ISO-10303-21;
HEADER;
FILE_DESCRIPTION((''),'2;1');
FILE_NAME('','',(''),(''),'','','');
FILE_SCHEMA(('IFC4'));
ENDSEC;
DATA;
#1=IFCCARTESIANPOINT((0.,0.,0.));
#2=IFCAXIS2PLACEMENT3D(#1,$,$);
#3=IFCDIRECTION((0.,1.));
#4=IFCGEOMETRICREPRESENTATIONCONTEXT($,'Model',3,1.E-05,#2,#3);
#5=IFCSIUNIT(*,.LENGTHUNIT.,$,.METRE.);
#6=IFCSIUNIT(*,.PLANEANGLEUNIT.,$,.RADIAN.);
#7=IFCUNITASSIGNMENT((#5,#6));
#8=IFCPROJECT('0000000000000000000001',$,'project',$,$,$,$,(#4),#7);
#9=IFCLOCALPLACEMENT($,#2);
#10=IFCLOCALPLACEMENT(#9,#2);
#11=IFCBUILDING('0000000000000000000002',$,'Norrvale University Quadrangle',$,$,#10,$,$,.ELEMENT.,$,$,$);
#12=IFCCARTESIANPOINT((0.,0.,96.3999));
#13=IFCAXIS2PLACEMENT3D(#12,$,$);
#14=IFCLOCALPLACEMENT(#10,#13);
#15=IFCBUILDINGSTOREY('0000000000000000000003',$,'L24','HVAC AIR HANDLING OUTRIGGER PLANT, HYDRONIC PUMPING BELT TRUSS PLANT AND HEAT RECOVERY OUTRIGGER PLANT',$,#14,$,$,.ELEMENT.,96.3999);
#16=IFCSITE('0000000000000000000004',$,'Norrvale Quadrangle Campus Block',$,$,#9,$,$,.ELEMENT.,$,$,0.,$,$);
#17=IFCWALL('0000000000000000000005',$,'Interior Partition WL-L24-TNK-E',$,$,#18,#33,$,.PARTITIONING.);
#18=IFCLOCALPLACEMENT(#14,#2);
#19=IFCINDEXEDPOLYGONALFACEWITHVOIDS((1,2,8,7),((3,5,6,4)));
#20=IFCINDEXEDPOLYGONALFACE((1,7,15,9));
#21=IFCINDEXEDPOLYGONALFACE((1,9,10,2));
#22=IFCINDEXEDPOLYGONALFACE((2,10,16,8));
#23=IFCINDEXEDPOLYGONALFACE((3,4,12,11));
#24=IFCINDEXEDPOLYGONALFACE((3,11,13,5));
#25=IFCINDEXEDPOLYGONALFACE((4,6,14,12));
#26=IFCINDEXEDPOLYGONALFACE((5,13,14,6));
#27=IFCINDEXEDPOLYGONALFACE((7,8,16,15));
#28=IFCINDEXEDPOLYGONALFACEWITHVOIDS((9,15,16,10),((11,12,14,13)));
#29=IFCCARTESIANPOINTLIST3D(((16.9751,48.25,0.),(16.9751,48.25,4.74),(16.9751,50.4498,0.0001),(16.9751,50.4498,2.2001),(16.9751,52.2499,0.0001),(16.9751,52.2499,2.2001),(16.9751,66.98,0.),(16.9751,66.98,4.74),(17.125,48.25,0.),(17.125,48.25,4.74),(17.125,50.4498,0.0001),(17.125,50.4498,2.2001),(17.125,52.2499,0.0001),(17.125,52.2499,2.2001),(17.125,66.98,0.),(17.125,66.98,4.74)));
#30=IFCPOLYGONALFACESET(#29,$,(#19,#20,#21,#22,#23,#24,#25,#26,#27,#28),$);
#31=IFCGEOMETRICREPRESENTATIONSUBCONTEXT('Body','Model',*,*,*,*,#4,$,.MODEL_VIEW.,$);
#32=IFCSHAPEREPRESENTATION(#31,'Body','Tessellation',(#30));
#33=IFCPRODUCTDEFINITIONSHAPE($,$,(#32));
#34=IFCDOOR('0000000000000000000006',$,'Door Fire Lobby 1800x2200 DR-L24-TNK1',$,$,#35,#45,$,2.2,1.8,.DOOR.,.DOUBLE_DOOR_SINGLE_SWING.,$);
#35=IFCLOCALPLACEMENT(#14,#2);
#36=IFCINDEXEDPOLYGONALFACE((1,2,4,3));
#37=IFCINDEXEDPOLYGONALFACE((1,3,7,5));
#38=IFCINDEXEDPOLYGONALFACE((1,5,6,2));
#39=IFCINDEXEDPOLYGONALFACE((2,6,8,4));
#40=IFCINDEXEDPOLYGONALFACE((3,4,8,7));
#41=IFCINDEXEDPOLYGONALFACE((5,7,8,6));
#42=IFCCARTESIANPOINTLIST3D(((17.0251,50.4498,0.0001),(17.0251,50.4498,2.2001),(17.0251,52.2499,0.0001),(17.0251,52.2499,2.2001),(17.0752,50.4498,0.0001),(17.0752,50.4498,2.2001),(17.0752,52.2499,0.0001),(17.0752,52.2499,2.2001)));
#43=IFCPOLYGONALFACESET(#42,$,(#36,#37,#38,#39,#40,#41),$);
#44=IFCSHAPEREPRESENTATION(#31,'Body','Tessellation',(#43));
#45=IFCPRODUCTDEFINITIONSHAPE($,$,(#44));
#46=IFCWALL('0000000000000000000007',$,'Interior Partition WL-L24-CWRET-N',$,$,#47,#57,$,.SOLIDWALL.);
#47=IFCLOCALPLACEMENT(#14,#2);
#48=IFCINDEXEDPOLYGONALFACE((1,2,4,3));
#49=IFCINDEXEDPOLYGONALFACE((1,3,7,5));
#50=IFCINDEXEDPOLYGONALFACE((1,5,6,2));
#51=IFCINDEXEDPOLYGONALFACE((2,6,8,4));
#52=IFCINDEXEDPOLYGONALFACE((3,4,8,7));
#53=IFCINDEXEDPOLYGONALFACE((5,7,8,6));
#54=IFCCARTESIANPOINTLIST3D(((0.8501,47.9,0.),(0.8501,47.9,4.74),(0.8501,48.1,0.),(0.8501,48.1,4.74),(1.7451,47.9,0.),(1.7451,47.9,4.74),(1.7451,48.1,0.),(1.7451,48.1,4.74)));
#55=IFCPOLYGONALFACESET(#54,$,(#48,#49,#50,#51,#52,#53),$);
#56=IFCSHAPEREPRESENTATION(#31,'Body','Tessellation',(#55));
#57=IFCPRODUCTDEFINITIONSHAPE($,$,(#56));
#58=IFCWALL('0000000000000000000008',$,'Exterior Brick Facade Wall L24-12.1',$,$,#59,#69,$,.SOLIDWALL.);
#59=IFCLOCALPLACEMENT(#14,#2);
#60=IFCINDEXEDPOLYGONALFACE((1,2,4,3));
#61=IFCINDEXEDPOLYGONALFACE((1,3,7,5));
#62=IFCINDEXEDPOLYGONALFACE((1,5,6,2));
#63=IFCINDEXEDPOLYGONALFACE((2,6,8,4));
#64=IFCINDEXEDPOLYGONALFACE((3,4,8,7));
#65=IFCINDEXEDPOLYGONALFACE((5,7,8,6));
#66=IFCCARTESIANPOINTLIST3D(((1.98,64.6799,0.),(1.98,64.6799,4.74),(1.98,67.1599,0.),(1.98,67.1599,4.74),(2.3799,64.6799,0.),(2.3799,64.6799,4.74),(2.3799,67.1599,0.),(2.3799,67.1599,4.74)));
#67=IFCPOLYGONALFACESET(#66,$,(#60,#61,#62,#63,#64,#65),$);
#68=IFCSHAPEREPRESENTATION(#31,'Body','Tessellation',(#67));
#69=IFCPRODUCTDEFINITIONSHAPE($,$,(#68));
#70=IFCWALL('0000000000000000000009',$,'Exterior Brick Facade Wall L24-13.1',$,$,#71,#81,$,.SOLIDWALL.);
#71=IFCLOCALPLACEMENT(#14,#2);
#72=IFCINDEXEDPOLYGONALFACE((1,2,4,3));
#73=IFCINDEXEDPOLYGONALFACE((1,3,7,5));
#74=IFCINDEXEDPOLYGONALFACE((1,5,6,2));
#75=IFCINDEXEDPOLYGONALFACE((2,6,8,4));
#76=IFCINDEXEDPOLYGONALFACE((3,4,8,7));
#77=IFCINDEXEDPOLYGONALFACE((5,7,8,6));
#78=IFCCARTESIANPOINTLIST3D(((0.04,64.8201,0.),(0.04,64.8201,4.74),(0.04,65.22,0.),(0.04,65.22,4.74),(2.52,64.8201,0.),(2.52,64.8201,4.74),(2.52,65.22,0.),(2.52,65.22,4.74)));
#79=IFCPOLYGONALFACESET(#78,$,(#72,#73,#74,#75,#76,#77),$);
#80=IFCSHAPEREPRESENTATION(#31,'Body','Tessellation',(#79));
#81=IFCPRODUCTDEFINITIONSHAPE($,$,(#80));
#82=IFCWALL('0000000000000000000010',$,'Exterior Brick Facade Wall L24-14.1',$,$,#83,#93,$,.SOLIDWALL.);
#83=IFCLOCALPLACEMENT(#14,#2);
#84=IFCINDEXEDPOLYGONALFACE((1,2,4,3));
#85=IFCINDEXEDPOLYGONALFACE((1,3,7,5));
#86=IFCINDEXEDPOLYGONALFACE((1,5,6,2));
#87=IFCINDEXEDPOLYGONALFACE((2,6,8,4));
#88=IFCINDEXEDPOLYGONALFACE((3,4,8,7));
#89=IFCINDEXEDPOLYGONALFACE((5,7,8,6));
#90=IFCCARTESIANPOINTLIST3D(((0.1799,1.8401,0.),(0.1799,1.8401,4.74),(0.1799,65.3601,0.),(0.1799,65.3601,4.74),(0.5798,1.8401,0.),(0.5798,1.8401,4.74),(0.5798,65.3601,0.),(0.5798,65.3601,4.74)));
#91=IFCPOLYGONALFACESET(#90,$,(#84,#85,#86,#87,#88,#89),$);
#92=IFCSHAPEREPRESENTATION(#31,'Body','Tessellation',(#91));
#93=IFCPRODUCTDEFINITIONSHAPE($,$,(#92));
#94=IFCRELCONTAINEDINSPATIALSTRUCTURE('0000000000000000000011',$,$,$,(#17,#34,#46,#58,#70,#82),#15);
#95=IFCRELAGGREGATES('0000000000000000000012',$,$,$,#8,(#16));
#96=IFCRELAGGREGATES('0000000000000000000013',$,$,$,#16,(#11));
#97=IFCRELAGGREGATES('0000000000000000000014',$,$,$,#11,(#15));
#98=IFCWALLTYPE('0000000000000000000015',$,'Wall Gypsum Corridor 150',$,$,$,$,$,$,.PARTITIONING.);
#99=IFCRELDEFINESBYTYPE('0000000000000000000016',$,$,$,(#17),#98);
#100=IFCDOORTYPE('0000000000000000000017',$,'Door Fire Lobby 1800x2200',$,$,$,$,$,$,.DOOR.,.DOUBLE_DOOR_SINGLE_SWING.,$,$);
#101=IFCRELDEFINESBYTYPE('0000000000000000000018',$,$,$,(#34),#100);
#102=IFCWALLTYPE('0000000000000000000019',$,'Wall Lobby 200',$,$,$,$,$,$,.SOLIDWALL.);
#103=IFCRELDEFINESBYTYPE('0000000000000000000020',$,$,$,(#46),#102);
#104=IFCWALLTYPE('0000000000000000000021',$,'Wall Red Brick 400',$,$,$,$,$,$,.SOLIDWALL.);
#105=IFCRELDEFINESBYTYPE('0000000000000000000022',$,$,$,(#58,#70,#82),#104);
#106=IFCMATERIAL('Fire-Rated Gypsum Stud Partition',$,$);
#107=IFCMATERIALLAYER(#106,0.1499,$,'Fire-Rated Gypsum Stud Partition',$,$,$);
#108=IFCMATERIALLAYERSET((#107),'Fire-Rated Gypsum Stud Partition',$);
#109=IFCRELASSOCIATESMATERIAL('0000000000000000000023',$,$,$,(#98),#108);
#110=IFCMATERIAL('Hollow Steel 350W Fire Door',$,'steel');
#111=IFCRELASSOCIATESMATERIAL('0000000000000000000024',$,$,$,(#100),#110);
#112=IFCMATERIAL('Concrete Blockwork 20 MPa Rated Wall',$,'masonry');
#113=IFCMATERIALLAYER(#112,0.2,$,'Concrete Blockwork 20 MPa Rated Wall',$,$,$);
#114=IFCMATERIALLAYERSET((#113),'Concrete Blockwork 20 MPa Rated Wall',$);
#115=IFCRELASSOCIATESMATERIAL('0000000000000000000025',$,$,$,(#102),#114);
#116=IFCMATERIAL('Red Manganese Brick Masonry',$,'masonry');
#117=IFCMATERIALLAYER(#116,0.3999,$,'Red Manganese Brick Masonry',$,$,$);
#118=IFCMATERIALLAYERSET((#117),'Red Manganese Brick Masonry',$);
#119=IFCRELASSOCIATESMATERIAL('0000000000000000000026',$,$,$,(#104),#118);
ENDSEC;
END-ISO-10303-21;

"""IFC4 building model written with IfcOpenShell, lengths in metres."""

from ifc_helpers import new_model, si_unit, direction, frame, frame_2d, origin, place, context, subcontext, project, spatial, rectangle, extrude, material, layer, layer_set, type_object, element, fill, save


model = new_model("IFC4")

# Units and contexts
model_context = context("Model", 3, precision=1e-05, world=origin(), true_north=direction((0.0, 1.0)))
body_context = subcontext(model_context, "Body", "Model", "MODEL_VIEW")
ifc_project = project(units=[si_unit("LENGTHUNIT", "METRE"), si_unit("PLANEANGLEUNIT", "RADIAN")], contexts=[model_context])

# Site, building, storey
site_placement = place(None, origin())
site = spatial("IfcSite", under=ifc_project, at=site_placement, Name="Norrvale Quadrangle Campus Block", CompositionType="ELEMENT", RefElevation=0.0)
building_placement = place(site_placement, origin())
building = spatial("IfcBuilding", under=site, at=building_placement, Name="Norrvale University Quadrangle", CompositionType="ELEMENT")
storey_placement = place(building_placement, frame((0.0, 0.0, 96.3999)))
storey = spatial("IfcBuildingStorey", under=building, at=storey_placement, Name="L24", Description="HVAC AIR HANDLING OUTRIGGER PLANT, HYDRONIC PUMPING BELT TRUSS PLANT AND HEAT RECOVERY OUTRIGGER PLANT", CompositionType="ELEMENT", Elevation=96.3999)

# Shared definitions
ifc_material_1 = material(Name="Fire-Rated Gypsum Stud Partition")
ifc_layer_1 = layer(ifc_material_1, 0.1499, Name="Fire-Rated Gypsum Stud Partition")
ifc_layer_set_1 = layer_set([ifc_layer_1], Name="Fire-Rated Gypsum Stud Partition")
wall_type_1 = type_object("IfcWallType", Name="Wall Gypsum Corridor 150", PredefinedType="PARTITIONING", material=ifc_layer_set_1)

# Wall, opening, door
wall_1_placement = place(storey_placement, frame((17.05, 48.25, 0.0), z_axis=(0.0, 0.0, 1.0), x_axis=(0.0, 1.0, 0.0)))
wall_1 = element("IfcWall", 1, at=wall_1_placement, inside=storey, type_object=wall_type_1, Name="Interior Partition WL-L24-TNK-E", PredefinedType="PARTITIONING", context=body_context, shape_type="SweptSolid", body=[
    extrude(rectangle(XDim=18.73, YDim=0.1499, at=frame_2d((9.365, 0.0))), origin(), (0.0, 0.0, 1.0), 4.74),
])
opening_placement = place(wall_1_placement, frame((2.2, 0.0, 0.0)))
opening = element("IfcOpeningElement", 2, at=opening_placement, cuts=wall_1, PredefinedType="OPENING", context=body_context, shape_type="SweptSolid", body=[
    extrude(rectangle(XDim=1.8, YDim=2.2, at=frame_2d((0.8999, 1.1001))), frame((0.0, 0.0869, 0.0), z_axis=(0.0, -1.0, 0.0), x_axis=(1.0, 0.0, 0.0)), (0.0, 0.0, 1.0), 0.1738),
])
ifc_material_2 = material(Name="Hollow Steel 350W Fire Door", Category="steel")
door_type = type_object("IfcDoorType", Name="Door Fire Lobby 1800x2200", OperationType="DOUBLE_DOOR_SINGLE_SWING", PredefinedType="DOOR", material=ifc_material_2)
door_placement = place(opening_placement, origin())
door = element("IfcDoor", 3, at=door_placement, inside=storey, type_object=door_type, Name="Door Fire Lobby 1800x2200 DR-L24-TNK1", OperationType="DOUBLE_DOOR_SINGLE_SWING", OverallHeight=2.2, OverallWidth=1.8, PredefinedType="DOOR", context=body_context, shape_type="SweptSolid", body=[
    extrude(rectangle(XDim=1.8, YDim=2.2, at=frame_2d((0.8999, 1.1001))), frame((0.0, 0.0249, 0.0), z_axis=(0.0, -1.0, 0.0), x_axis=(1.0, 0.0, 0.0)), (0.0, 0.0, 1.0), 0.05),
])
fill(opening, door)

# Walls
ifc_material_3 = material(Name="Concrete Blockwork 20 MPa Rated Wall", Category="masonry")
ifc_layer_2 = layer(ifc_material_3, 0.2, Name="Concrete Blockwork 20 MPa Rated Wall")
ifc_layer_set_2 = layer_set([ifc_layer_2], Name="Concrete Blockwork 20 MPa Rated Wall")
wall_type_2 = type_object("IfcWallType", Name="Wall Lobby 200", PredefinedType="SOLIDWALL", material=ifc_layer_set_2)
wall_2_placement = place(storey_placement, frame((0.8501, 48.0, 0.0), z_axis=(0.0, 0.0, 1.0), x_axis=(1.0, 0.0, 0.0)))
element("IfcWall", 4, at=wall_2_placement, inside=storey, type_object=wall_type_2, Name="Interior Partition WL-L24-CWRET-N", PredefinedType="SOLIDWALL", context=body_context, shape_type="SweptSolid", body=[
    extrude(rectangle(XDim=0.895, YDim=0.2, at=frame_2d((0.4475, 0.0))), origin(), (0.0, 0.0, 1.0), 4.74),
])
ifc_material_4 = material(Name="Red Manganese Brick Masonry", Category="masonry")
ifc_layer_3 = layer(ifc_material_4, 0.3999, Name="Red Manganese Brick Masonry")
ifc_layer_set_3 = layer_set([ifc_layer_3], Name="Red Manganese Brick Masonry")
wall_type_3 = type_object("IfcWallType", Name="Wall Red Brick 400", PredefinedType="SOLIDWALL", material=ifc_layer_set_3)
for number, where, z_axis, x_axis, name in (
    (5, (2.1799, 67.1599, 0.0), (0.0, 0.0, 1.0), (0.0, -1.0, 0.0), "Exterior Brick Facade Wall L24-12.1"),
    (6, (2.52, 65.02, 0.0), (0.0, 0.0, 1.0), (-1.0, 0.0, 0.0), "Exterior Brick Facade Wall L24-13.1"),
):
    element("IfcWall", number, at=place(storey_placement, frame(where, z_axis=z_axis, x_axis=x_axis)), inside=storey, type_object=wall_type_3, Name=name, PredefinedType="SOLIDWALL", context=body_context, shape_type="SweptSolid", body=[
        extrude(rectangle(XDim=2.48, YDim=0.3999, at=frame_2d((1.24, 0.0))), origin(), (0.0, 0.0, 1.0), 4.74),
    ])
wall_3_placement = place(storey_placement, frame((0.3799, 65.3601, 0.0), z_axis=(0.0, 0.0, 1.0), x_axis=(0.0, -1.0, 0.0)))
element("IfcWall", 7, at=wall_3_placement, inside=storey, type_object=wall_type_3, Name="Exterior Brick Facade Wall L24-14.1", PredefinedType="SOLIDWALL", context=body_context, shape_type="SweptSolid", body=[
    extrude(rectangle(XDim=63.52, YDim=0.3999, at=frame_2d((31.76, 0.0))), origin(), (0.0, 0.0, 1.0), 4.74),
])

save(model, "model.ifc")
